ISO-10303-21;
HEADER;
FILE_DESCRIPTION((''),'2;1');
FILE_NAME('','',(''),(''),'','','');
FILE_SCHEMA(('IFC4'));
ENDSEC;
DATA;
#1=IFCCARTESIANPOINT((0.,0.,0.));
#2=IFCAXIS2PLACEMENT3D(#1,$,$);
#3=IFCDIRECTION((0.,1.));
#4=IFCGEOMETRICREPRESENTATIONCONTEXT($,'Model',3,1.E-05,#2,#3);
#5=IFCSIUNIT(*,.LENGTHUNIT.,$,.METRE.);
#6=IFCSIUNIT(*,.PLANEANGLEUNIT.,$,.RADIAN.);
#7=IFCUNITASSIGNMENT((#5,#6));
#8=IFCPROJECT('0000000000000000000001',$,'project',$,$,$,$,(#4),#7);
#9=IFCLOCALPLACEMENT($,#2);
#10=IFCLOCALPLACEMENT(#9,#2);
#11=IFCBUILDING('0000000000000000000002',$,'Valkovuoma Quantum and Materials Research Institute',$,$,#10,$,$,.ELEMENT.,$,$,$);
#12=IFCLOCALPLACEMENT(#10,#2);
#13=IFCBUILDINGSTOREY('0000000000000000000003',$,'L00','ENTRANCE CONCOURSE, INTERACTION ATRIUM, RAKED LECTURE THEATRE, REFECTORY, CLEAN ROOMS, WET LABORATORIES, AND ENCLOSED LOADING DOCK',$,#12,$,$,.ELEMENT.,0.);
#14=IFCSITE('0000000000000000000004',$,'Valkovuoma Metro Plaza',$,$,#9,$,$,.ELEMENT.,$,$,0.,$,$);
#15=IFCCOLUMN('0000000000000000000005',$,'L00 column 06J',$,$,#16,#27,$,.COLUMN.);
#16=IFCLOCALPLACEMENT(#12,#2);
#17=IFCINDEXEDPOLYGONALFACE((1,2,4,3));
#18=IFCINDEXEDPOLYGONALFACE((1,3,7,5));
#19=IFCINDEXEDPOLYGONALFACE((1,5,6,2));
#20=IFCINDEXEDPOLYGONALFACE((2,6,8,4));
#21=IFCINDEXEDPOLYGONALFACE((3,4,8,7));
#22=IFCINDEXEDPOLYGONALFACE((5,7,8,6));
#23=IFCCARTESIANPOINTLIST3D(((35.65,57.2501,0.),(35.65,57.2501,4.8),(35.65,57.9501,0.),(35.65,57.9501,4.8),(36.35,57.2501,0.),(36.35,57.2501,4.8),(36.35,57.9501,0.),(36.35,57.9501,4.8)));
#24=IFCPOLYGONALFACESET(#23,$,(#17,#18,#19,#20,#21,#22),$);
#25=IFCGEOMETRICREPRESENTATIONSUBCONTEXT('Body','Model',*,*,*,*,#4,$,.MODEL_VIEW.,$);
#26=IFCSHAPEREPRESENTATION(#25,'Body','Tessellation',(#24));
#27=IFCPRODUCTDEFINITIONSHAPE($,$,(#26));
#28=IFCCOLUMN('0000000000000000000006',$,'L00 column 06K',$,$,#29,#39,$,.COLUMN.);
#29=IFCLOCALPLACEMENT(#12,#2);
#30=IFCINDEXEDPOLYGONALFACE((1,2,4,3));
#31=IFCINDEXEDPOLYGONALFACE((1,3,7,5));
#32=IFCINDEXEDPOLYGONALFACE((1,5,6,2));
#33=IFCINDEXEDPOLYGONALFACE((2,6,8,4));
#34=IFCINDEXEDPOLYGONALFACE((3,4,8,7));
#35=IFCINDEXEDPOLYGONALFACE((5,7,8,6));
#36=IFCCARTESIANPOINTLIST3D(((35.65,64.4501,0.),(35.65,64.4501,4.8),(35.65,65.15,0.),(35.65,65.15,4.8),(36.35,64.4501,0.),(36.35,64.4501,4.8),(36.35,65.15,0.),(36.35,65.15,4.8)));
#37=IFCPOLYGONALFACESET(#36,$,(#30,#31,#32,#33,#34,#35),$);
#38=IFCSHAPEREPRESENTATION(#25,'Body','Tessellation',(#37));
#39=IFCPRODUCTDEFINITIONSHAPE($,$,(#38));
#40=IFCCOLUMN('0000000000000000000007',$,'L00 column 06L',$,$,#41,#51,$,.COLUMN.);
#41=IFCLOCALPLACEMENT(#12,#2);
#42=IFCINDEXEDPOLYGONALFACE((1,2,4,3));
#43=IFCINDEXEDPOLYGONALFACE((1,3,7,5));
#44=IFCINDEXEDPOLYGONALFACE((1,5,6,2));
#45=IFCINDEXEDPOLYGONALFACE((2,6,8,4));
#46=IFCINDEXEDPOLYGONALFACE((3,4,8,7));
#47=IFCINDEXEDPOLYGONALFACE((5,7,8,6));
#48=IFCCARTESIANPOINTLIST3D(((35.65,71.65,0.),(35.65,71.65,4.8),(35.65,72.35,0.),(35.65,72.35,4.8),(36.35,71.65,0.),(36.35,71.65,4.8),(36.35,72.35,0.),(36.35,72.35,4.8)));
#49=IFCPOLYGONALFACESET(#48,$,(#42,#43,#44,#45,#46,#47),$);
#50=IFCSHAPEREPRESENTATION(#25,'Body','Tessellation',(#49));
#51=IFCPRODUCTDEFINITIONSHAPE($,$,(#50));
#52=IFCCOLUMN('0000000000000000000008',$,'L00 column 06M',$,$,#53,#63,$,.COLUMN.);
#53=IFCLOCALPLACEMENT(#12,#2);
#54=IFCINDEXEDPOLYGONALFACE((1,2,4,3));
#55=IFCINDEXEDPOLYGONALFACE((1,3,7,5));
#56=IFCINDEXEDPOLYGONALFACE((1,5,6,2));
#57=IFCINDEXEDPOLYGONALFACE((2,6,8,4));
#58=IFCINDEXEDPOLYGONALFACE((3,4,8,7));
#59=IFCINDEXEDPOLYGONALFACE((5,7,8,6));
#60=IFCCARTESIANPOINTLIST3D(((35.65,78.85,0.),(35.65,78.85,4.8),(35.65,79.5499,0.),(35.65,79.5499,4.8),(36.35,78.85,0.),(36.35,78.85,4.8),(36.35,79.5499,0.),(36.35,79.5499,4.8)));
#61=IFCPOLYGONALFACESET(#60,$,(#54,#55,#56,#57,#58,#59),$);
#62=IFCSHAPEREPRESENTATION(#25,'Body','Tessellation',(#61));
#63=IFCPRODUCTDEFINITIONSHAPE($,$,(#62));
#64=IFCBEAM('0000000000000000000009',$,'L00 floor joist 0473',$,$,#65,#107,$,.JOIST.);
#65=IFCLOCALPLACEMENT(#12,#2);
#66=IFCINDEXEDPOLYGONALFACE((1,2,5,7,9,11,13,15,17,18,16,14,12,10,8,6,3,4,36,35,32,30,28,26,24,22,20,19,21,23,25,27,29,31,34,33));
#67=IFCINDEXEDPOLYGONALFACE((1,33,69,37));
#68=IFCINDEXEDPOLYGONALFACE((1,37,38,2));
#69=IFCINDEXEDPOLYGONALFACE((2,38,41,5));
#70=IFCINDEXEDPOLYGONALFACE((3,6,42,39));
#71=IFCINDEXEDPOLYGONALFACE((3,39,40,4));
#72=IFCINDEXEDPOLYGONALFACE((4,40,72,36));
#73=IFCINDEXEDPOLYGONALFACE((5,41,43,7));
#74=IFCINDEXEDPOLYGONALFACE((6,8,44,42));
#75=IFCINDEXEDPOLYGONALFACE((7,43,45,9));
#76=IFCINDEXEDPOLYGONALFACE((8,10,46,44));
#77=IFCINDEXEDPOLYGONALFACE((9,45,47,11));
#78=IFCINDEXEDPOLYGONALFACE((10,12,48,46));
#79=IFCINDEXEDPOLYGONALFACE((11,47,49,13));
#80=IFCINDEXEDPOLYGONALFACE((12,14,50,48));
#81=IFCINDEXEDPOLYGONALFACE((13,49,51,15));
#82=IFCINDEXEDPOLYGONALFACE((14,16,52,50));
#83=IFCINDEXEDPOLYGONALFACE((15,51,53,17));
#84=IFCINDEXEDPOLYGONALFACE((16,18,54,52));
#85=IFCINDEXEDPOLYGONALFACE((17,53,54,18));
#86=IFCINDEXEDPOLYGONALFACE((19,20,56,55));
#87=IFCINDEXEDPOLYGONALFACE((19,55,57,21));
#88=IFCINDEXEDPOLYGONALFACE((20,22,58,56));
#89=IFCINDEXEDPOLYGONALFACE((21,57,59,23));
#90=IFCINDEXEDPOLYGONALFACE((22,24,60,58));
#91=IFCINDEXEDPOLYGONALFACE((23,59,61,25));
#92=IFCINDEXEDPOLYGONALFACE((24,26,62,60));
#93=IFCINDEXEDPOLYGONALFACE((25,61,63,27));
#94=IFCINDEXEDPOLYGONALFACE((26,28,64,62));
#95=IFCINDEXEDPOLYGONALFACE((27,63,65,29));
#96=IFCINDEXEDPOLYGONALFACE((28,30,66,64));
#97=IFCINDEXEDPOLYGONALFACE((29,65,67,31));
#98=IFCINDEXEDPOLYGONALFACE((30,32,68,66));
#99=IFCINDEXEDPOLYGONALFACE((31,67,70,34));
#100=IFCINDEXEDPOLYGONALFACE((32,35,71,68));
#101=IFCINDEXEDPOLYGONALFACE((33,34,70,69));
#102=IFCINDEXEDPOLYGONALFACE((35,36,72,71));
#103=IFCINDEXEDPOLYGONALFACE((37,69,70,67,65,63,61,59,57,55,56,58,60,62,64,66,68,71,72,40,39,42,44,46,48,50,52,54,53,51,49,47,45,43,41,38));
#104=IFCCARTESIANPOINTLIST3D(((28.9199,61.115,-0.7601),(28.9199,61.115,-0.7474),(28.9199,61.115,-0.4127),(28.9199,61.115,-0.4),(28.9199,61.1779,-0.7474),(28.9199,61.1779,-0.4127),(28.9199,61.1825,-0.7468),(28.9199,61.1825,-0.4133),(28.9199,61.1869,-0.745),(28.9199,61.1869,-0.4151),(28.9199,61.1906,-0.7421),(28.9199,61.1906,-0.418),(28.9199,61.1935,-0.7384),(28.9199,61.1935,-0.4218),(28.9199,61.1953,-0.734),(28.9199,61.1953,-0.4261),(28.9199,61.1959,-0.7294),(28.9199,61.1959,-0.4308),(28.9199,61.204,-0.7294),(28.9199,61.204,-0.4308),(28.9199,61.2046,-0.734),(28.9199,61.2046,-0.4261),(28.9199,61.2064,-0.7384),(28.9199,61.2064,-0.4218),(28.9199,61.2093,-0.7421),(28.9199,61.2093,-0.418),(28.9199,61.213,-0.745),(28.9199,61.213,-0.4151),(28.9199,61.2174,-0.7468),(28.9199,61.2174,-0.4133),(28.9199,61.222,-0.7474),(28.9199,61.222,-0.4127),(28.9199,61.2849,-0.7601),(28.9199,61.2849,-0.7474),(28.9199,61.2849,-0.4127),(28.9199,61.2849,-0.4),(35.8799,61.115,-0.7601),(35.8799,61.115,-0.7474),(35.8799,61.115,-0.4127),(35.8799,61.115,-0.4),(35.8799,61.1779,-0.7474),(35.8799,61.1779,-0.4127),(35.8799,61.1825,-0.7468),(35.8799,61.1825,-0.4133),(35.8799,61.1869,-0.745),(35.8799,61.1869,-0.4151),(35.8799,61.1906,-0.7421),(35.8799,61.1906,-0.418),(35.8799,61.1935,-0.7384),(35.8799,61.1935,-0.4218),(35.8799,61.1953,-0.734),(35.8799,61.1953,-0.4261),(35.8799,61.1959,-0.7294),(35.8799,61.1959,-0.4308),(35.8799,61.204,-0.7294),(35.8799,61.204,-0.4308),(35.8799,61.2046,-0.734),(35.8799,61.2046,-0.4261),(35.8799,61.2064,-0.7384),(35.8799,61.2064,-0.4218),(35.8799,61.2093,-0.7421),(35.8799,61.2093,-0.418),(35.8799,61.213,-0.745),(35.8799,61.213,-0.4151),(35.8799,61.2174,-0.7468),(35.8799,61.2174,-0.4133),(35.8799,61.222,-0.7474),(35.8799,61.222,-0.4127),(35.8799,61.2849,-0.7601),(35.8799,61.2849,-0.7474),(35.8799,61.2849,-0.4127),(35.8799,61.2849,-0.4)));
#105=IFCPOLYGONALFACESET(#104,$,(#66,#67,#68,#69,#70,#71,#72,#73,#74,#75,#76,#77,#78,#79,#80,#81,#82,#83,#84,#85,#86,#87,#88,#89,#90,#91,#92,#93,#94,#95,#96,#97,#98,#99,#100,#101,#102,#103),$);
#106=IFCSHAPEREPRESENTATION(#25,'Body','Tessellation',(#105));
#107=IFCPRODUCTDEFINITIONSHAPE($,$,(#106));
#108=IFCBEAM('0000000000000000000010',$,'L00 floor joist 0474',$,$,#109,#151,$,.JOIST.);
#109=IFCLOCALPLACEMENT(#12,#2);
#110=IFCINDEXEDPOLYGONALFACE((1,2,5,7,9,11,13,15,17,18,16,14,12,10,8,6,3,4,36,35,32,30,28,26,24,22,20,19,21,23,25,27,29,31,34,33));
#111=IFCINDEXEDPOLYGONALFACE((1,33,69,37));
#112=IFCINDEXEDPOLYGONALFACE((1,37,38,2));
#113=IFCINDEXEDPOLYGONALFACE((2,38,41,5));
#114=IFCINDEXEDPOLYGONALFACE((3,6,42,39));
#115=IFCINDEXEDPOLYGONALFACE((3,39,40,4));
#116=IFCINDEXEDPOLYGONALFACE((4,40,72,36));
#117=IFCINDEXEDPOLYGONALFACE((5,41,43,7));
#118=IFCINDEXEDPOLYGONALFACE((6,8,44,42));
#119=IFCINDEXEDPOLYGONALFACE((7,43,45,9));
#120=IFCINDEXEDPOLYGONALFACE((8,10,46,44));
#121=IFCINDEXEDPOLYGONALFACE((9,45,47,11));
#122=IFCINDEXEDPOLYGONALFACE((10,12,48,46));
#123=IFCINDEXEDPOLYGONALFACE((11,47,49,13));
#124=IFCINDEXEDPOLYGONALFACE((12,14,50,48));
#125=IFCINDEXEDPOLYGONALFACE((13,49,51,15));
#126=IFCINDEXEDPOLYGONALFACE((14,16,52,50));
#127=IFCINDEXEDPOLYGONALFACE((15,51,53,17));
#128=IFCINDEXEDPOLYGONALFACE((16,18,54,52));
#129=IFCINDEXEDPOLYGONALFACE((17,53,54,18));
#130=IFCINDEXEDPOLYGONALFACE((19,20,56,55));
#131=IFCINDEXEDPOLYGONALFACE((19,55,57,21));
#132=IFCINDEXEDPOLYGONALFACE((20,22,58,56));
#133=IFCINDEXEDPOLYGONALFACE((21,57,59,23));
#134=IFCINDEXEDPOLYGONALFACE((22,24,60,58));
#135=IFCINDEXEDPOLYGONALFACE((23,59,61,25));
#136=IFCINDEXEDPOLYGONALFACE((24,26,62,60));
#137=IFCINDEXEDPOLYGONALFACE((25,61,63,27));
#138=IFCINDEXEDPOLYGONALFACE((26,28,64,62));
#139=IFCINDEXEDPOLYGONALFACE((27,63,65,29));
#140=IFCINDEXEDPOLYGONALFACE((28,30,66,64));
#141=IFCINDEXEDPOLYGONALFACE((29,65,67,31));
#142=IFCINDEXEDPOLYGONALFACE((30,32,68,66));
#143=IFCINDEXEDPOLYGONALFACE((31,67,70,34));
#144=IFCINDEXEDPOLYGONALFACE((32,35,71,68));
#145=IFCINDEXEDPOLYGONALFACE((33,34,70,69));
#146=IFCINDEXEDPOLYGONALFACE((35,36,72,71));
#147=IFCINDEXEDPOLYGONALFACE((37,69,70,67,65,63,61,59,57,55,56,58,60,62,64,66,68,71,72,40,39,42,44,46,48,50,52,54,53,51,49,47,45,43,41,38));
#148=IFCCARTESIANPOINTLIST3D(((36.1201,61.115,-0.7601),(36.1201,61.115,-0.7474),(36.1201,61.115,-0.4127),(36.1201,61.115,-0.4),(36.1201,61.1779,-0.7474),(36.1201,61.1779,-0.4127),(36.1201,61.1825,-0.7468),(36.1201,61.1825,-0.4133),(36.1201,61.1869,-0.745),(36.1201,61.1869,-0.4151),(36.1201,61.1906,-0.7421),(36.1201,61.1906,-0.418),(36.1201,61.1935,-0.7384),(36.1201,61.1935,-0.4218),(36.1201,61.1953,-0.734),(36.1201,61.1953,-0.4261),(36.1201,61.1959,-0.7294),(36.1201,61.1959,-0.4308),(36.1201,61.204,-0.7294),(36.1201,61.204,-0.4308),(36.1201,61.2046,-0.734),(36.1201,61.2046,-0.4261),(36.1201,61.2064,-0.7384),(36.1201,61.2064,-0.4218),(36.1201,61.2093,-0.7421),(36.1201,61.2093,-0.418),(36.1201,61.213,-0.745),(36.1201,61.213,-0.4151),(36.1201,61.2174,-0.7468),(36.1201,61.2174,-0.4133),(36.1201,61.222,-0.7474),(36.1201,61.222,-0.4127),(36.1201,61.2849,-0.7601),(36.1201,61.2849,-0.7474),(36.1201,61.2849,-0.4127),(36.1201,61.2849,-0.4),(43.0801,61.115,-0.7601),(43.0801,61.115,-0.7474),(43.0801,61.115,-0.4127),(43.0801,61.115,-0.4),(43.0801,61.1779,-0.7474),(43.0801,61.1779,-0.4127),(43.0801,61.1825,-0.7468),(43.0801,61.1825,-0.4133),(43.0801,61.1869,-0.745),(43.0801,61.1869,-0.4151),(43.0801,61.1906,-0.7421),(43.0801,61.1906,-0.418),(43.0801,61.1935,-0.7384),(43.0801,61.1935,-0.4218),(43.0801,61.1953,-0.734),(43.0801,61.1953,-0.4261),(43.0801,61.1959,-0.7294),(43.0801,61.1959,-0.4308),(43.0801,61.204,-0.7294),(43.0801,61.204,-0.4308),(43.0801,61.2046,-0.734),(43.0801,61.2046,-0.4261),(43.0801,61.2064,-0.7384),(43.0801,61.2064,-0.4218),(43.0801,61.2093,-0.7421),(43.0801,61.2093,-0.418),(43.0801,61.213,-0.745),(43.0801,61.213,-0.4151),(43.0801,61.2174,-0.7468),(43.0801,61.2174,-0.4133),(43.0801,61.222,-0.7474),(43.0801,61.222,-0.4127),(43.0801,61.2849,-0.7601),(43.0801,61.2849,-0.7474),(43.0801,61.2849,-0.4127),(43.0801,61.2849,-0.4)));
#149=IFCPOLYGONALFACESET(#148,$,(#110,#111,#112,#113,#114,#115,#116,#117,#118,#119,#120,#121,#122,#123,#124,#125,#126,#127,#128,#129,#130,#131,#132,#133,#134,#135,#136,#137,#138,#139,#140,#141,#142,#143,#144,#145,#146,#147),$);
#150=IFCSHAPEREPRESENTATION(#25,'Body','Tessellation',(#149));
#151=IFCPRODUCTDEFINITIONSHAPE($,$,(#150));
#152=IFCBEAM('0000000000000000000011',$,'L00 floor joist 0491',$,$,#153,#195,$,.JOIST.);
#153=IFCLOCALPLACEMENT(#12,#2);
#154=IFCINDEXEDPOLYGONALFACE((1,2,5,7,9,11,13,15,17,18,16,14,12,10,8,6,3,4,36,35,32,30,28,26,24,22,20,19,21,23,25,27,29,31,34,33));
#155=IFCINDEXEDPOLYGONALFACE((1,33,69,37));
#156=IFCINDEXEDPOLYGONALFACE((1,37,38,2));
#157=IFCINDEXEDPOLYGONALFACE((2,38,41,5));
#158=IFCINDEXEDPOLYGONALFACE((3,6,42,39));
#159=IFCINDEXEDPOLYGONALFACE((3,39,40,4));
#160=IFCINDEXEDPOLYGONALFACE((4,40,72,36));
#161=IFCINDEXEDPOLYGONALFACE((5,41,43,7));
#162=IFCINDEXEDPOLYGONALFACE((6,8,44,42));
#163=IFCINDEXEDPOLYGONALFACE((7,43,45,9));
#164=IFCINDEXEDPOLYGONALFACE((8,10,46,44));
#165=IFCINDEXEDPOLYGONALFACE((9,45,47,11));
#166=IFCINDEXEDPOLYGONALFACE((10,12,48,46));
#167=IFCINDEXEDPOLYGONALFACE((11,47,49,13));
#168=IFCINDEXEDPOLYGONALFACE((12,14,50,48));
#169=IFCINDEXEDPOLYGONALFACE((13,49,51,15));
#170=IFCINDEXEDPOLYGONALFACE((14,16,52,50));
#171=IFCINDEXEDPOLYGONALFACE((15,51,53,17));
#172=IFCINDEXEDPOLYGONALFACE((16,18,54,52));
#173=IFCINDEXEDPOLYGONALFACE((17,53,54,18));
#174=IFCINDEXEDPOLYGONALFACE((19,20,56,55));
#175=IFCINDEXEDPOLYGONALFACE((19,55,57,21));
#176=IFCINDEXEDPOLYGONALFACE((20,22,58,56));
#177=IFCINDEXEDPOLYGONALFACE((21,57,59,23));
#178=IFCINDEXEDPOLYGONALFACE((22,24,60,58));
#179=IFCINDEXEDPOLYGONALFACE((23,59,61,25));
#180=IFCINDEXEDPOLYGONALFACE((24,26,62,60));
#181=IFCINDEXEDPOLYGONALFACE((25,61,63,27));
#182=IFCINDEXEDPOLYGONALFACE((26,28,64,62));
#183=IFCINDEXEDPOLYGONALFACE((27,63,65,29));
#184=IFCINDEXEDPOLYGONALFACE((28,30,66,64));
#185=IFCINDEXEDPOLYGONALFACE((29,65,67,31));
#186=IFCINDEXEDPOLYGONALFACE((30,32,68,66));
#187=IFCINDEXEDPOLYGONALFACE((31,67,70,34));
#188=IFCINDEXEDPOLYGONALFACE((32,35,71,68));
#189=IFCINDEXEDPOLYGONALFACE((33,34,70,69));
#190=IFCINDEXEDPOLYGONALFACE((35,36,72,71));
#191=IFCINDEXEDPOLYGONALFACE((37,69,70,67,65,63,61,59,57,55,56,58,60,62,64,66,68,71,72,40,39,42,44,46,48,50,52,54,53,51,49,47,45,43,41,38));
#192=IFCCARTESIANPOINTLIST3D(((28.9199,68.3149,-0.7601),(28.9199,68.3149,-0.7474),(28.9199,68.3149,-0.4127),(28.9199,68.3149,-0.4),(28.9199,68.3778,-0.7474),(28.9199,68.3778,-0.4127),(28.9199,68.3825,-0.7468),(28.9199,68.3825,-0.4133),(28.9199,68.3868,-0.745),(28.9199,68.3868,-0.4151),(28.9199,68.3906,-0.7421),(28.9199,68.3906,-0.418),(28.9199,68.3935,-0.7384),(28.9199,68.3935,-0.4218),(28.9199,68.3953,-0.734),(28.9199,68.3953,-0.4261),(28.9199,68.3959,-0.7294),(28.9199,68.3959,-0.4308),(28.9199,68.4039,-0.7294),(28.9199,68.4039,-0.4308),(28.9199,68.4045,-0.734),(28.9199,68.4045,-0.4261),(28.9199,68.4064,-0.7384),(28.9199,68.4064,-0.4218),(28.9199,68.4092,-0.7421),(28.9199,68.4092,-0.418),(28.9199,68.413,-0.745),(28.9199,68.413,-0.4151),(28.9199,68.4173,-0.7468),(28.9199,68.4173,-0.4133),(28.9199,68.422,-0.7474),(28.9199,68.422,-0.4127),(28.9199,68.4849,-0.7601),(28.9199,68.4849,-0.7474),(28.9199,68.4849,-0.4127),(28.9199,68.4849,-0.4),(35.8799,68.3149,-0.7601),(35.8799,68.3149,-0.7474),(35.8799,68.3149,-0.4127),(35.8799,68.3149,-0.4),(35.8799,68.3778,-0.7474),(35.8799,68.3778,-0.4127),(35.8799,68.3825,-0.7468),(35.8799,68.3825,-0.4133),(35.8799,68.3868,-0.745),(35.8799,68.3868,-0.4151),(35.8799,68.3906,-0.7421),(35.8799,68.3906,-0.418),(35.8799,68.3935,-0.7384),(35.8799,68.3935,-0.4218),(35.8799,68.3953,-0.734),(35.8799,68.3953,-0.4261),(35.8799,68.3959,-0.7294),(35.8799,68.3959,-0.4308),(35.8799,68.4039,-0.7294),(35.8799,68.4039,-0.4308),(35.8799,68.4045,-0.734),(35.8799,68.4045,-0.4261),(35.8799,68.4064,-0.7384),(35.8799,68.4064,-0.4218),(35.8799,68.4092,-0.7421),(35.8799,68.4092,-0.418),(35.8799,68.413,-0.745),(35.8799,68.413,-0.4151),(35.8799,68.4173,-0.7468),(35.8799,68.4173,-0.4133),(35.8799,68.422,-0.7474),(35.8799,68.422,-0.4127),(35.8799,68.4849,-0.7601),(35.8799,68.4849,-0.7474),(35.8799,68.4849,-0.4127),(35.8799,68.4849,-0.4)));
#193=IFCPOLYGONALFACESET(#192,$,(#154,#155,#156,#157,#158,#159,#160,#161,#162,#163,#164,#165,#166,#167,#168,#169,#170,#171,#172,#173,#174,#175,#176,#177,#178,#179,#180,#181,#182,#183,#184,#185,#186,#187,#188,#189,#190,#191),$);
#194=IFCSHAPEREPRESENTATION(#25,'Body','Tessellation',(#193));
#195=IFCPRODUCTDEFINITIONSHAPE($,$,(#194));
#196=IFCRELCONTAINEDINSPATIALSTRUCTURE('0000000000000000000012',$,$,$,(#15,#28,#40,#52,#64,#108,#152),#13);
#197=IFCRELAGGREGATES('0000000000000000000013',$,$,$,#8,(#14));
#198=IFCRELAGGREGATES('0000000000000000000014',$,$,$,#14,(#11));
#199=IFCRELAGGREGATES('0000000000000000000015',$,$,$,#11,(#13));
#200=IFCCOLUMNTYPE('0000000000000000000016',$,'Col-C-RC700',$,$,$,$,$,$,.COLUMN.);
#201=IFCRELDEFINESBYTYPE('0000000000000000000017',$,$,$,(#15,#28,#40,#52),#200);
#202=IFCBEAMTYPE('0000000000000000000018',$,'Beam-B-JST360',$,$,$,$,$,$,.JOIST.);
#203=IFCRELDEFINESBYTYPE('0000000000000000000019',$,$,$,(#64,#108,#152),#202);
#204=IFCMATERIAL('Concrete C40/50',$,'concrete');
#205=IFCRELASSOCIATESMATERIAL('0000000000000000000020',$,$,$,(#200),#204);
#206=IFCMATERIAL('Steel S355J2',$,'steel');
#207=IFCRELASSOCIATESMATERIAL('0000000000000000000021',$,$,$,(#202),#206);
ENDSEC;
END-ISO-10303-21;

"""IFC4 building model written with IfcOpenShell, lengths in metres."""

from ifc_helpers import new_model, si_unit, direction, frame, origin, origin_2d, place, context, subcontext, project, spatial, rectangle, i_section, extrude, material, material_profile, profile_set, type_object, element, save


model = new_model("IFC4")

# Units and contexts
model_context = context("Model", 3, precision=1e-05, world=origin(), true_north=direction((0.0, 1.0)))
body_context = subcontext(model_context, "Body", "Model", "MODEL_VIEW")
ifc_project = project(units=[si_unit("LENGTHUNIT", "METRE"), si_unit("PLANEANGLEUNIT", "RADIAN")], contexts=[model_context])

# Site, building, storey
site_placement = place(None, origin())
site = spatial("IfcSite", under=ifc_project, at=site_placement, Name="Valkovuoma Metro Plaza", CompositionType="ELEMENT", RefElevation=0.0)
building_placement = place(site_placement, origin())
building = spatial("IfcBuilding", under=site, at=building_placement, Name="Valkovuoma Quantum and Materials Research Institute", CompositionType="ELEMENT")
storey_placement = place(building_placement, origin())
storey = spatial("IfcBuildingStorey", under=building, at=storey_placement, Name="L00", Description="ENTRANCE CONCOURSE, INTERACTION ATRIUM, RAKED LECTURE THEATRE, REFECTORY, CLEAN ROOMS, WET LABORATORIES, AND ENCLOSED LOADING DOCK", CompositionType="ELEMENT", Elevation=0.0)

# Columns
ifc_material_1 = material(Name="Concrete C40/50", Category="concrete")
ifc_material_profile_1 = material_profile(ifc_material_1, rectangle(XDim=0.7, YDim=0.7, at=origin_2d()), Name="Concrete C40/50")
ifc_profile_set_1 = profile_set([ifc_material_profile_1], Name="Concrete C40/50")
column_type = type_object("IfcColumnType", Name="Col-C-RC700", PredefinedType="COLUMN", material=ifc_profile_set_1)
for number, where, z_axis, x_axis, name in (
    (1, (36.0, 57.6001, 0.0), (0.0, 0.0, 1.0), (1.0, 0.0, 0.0), "L00 column 06J"),
    (2, (36.0, 64.8, 0.0), (0.0, 0.0, 1.0), (1.0, 0.0, 0.0), "L00 column 06K"),
    (3, (36.0, 72.0, 0.0), (0.0, 0.0, 1.0), (1.0, 0.0, 0.0), "L00 column 06L"),
    (4, (36.0, 79.2, 0.0), (0.0, 0.0, 1.0), (1.0, 0.0, 0.0), "L00 column 06M"),
):
    element("IfcColumn", number, at=place(storey_placement, frame(where, z_axis=z_axis, x_axis=x_axis)), inside=storey, type_object=column_type, Name=name, PredefinedType="COLUMN", context=body_context, shape_type="SweptSolid", body=[
        extrude(rectangle(XDim=0.7, YDim=0.7, at=origin_2d()), origin(), (0.0, 0.0, 1.0), 4.8),
    ])

# Beams
ifc_material_2 = material(Name="Steel S355J2", Category="steel")
ifc_material_profile_2 = material_profile(ifc_material_2, i_section(OverallWidth=0.1699, OverallDepth=0.3601, WebThickness=0.0081, FlangeThickness=0.0127, FilletRadius=0.0181, at=origin_2d()), Name="Steel S355J2")
ifc_profile_set_2 = profile_set([ifc_material_profile_2], Name="Steel S355J2")
beam_type_1 = type_object("IfcBeamType", Name="Beam-B-JST360", PredefinedType="JOIST", material=ifc_profile_set_2)
for number, where, z_axis, x_axis, name in (
    (5, (28.9199, 61.2, -0.5801), (1.0, 0.0, 0.0), (0.0, 1.0, 0.0), "L00 floor joist 0473"),
    (6, (36.1201, 61.2, -0.5801), (1.0, 0.0, 0.0), (0.0, 1.0, 0.0), "L00 floor joist 0474"),
    (7, (28.9199, 68.3999, -0.5801), (1.0, 0.0, 0.0), (0.0, 1.0, 0.0), "L00 floor joist 0491"),
):
    element("IfcBeam", number, at=place(storey_placement, frame(where, z_axis=z_axis, x_axis=x_axis)), inside=storey, type_object=beam_type_1, Name=name, PredefinedType="JOIST", context=body_context, shape_type="SweptSolid", body=[
        extrude(i_section(OverallWidth=0.1699, OverallDepth=0.3601, WebThickness=0.0081, FlangeThickness=0.0127, FilletRadius=0.0181, at=origin_2d()), origin(), (0.0, 0.0, 1.0), 6.96),
    ])

save(model, "model.ifc")
